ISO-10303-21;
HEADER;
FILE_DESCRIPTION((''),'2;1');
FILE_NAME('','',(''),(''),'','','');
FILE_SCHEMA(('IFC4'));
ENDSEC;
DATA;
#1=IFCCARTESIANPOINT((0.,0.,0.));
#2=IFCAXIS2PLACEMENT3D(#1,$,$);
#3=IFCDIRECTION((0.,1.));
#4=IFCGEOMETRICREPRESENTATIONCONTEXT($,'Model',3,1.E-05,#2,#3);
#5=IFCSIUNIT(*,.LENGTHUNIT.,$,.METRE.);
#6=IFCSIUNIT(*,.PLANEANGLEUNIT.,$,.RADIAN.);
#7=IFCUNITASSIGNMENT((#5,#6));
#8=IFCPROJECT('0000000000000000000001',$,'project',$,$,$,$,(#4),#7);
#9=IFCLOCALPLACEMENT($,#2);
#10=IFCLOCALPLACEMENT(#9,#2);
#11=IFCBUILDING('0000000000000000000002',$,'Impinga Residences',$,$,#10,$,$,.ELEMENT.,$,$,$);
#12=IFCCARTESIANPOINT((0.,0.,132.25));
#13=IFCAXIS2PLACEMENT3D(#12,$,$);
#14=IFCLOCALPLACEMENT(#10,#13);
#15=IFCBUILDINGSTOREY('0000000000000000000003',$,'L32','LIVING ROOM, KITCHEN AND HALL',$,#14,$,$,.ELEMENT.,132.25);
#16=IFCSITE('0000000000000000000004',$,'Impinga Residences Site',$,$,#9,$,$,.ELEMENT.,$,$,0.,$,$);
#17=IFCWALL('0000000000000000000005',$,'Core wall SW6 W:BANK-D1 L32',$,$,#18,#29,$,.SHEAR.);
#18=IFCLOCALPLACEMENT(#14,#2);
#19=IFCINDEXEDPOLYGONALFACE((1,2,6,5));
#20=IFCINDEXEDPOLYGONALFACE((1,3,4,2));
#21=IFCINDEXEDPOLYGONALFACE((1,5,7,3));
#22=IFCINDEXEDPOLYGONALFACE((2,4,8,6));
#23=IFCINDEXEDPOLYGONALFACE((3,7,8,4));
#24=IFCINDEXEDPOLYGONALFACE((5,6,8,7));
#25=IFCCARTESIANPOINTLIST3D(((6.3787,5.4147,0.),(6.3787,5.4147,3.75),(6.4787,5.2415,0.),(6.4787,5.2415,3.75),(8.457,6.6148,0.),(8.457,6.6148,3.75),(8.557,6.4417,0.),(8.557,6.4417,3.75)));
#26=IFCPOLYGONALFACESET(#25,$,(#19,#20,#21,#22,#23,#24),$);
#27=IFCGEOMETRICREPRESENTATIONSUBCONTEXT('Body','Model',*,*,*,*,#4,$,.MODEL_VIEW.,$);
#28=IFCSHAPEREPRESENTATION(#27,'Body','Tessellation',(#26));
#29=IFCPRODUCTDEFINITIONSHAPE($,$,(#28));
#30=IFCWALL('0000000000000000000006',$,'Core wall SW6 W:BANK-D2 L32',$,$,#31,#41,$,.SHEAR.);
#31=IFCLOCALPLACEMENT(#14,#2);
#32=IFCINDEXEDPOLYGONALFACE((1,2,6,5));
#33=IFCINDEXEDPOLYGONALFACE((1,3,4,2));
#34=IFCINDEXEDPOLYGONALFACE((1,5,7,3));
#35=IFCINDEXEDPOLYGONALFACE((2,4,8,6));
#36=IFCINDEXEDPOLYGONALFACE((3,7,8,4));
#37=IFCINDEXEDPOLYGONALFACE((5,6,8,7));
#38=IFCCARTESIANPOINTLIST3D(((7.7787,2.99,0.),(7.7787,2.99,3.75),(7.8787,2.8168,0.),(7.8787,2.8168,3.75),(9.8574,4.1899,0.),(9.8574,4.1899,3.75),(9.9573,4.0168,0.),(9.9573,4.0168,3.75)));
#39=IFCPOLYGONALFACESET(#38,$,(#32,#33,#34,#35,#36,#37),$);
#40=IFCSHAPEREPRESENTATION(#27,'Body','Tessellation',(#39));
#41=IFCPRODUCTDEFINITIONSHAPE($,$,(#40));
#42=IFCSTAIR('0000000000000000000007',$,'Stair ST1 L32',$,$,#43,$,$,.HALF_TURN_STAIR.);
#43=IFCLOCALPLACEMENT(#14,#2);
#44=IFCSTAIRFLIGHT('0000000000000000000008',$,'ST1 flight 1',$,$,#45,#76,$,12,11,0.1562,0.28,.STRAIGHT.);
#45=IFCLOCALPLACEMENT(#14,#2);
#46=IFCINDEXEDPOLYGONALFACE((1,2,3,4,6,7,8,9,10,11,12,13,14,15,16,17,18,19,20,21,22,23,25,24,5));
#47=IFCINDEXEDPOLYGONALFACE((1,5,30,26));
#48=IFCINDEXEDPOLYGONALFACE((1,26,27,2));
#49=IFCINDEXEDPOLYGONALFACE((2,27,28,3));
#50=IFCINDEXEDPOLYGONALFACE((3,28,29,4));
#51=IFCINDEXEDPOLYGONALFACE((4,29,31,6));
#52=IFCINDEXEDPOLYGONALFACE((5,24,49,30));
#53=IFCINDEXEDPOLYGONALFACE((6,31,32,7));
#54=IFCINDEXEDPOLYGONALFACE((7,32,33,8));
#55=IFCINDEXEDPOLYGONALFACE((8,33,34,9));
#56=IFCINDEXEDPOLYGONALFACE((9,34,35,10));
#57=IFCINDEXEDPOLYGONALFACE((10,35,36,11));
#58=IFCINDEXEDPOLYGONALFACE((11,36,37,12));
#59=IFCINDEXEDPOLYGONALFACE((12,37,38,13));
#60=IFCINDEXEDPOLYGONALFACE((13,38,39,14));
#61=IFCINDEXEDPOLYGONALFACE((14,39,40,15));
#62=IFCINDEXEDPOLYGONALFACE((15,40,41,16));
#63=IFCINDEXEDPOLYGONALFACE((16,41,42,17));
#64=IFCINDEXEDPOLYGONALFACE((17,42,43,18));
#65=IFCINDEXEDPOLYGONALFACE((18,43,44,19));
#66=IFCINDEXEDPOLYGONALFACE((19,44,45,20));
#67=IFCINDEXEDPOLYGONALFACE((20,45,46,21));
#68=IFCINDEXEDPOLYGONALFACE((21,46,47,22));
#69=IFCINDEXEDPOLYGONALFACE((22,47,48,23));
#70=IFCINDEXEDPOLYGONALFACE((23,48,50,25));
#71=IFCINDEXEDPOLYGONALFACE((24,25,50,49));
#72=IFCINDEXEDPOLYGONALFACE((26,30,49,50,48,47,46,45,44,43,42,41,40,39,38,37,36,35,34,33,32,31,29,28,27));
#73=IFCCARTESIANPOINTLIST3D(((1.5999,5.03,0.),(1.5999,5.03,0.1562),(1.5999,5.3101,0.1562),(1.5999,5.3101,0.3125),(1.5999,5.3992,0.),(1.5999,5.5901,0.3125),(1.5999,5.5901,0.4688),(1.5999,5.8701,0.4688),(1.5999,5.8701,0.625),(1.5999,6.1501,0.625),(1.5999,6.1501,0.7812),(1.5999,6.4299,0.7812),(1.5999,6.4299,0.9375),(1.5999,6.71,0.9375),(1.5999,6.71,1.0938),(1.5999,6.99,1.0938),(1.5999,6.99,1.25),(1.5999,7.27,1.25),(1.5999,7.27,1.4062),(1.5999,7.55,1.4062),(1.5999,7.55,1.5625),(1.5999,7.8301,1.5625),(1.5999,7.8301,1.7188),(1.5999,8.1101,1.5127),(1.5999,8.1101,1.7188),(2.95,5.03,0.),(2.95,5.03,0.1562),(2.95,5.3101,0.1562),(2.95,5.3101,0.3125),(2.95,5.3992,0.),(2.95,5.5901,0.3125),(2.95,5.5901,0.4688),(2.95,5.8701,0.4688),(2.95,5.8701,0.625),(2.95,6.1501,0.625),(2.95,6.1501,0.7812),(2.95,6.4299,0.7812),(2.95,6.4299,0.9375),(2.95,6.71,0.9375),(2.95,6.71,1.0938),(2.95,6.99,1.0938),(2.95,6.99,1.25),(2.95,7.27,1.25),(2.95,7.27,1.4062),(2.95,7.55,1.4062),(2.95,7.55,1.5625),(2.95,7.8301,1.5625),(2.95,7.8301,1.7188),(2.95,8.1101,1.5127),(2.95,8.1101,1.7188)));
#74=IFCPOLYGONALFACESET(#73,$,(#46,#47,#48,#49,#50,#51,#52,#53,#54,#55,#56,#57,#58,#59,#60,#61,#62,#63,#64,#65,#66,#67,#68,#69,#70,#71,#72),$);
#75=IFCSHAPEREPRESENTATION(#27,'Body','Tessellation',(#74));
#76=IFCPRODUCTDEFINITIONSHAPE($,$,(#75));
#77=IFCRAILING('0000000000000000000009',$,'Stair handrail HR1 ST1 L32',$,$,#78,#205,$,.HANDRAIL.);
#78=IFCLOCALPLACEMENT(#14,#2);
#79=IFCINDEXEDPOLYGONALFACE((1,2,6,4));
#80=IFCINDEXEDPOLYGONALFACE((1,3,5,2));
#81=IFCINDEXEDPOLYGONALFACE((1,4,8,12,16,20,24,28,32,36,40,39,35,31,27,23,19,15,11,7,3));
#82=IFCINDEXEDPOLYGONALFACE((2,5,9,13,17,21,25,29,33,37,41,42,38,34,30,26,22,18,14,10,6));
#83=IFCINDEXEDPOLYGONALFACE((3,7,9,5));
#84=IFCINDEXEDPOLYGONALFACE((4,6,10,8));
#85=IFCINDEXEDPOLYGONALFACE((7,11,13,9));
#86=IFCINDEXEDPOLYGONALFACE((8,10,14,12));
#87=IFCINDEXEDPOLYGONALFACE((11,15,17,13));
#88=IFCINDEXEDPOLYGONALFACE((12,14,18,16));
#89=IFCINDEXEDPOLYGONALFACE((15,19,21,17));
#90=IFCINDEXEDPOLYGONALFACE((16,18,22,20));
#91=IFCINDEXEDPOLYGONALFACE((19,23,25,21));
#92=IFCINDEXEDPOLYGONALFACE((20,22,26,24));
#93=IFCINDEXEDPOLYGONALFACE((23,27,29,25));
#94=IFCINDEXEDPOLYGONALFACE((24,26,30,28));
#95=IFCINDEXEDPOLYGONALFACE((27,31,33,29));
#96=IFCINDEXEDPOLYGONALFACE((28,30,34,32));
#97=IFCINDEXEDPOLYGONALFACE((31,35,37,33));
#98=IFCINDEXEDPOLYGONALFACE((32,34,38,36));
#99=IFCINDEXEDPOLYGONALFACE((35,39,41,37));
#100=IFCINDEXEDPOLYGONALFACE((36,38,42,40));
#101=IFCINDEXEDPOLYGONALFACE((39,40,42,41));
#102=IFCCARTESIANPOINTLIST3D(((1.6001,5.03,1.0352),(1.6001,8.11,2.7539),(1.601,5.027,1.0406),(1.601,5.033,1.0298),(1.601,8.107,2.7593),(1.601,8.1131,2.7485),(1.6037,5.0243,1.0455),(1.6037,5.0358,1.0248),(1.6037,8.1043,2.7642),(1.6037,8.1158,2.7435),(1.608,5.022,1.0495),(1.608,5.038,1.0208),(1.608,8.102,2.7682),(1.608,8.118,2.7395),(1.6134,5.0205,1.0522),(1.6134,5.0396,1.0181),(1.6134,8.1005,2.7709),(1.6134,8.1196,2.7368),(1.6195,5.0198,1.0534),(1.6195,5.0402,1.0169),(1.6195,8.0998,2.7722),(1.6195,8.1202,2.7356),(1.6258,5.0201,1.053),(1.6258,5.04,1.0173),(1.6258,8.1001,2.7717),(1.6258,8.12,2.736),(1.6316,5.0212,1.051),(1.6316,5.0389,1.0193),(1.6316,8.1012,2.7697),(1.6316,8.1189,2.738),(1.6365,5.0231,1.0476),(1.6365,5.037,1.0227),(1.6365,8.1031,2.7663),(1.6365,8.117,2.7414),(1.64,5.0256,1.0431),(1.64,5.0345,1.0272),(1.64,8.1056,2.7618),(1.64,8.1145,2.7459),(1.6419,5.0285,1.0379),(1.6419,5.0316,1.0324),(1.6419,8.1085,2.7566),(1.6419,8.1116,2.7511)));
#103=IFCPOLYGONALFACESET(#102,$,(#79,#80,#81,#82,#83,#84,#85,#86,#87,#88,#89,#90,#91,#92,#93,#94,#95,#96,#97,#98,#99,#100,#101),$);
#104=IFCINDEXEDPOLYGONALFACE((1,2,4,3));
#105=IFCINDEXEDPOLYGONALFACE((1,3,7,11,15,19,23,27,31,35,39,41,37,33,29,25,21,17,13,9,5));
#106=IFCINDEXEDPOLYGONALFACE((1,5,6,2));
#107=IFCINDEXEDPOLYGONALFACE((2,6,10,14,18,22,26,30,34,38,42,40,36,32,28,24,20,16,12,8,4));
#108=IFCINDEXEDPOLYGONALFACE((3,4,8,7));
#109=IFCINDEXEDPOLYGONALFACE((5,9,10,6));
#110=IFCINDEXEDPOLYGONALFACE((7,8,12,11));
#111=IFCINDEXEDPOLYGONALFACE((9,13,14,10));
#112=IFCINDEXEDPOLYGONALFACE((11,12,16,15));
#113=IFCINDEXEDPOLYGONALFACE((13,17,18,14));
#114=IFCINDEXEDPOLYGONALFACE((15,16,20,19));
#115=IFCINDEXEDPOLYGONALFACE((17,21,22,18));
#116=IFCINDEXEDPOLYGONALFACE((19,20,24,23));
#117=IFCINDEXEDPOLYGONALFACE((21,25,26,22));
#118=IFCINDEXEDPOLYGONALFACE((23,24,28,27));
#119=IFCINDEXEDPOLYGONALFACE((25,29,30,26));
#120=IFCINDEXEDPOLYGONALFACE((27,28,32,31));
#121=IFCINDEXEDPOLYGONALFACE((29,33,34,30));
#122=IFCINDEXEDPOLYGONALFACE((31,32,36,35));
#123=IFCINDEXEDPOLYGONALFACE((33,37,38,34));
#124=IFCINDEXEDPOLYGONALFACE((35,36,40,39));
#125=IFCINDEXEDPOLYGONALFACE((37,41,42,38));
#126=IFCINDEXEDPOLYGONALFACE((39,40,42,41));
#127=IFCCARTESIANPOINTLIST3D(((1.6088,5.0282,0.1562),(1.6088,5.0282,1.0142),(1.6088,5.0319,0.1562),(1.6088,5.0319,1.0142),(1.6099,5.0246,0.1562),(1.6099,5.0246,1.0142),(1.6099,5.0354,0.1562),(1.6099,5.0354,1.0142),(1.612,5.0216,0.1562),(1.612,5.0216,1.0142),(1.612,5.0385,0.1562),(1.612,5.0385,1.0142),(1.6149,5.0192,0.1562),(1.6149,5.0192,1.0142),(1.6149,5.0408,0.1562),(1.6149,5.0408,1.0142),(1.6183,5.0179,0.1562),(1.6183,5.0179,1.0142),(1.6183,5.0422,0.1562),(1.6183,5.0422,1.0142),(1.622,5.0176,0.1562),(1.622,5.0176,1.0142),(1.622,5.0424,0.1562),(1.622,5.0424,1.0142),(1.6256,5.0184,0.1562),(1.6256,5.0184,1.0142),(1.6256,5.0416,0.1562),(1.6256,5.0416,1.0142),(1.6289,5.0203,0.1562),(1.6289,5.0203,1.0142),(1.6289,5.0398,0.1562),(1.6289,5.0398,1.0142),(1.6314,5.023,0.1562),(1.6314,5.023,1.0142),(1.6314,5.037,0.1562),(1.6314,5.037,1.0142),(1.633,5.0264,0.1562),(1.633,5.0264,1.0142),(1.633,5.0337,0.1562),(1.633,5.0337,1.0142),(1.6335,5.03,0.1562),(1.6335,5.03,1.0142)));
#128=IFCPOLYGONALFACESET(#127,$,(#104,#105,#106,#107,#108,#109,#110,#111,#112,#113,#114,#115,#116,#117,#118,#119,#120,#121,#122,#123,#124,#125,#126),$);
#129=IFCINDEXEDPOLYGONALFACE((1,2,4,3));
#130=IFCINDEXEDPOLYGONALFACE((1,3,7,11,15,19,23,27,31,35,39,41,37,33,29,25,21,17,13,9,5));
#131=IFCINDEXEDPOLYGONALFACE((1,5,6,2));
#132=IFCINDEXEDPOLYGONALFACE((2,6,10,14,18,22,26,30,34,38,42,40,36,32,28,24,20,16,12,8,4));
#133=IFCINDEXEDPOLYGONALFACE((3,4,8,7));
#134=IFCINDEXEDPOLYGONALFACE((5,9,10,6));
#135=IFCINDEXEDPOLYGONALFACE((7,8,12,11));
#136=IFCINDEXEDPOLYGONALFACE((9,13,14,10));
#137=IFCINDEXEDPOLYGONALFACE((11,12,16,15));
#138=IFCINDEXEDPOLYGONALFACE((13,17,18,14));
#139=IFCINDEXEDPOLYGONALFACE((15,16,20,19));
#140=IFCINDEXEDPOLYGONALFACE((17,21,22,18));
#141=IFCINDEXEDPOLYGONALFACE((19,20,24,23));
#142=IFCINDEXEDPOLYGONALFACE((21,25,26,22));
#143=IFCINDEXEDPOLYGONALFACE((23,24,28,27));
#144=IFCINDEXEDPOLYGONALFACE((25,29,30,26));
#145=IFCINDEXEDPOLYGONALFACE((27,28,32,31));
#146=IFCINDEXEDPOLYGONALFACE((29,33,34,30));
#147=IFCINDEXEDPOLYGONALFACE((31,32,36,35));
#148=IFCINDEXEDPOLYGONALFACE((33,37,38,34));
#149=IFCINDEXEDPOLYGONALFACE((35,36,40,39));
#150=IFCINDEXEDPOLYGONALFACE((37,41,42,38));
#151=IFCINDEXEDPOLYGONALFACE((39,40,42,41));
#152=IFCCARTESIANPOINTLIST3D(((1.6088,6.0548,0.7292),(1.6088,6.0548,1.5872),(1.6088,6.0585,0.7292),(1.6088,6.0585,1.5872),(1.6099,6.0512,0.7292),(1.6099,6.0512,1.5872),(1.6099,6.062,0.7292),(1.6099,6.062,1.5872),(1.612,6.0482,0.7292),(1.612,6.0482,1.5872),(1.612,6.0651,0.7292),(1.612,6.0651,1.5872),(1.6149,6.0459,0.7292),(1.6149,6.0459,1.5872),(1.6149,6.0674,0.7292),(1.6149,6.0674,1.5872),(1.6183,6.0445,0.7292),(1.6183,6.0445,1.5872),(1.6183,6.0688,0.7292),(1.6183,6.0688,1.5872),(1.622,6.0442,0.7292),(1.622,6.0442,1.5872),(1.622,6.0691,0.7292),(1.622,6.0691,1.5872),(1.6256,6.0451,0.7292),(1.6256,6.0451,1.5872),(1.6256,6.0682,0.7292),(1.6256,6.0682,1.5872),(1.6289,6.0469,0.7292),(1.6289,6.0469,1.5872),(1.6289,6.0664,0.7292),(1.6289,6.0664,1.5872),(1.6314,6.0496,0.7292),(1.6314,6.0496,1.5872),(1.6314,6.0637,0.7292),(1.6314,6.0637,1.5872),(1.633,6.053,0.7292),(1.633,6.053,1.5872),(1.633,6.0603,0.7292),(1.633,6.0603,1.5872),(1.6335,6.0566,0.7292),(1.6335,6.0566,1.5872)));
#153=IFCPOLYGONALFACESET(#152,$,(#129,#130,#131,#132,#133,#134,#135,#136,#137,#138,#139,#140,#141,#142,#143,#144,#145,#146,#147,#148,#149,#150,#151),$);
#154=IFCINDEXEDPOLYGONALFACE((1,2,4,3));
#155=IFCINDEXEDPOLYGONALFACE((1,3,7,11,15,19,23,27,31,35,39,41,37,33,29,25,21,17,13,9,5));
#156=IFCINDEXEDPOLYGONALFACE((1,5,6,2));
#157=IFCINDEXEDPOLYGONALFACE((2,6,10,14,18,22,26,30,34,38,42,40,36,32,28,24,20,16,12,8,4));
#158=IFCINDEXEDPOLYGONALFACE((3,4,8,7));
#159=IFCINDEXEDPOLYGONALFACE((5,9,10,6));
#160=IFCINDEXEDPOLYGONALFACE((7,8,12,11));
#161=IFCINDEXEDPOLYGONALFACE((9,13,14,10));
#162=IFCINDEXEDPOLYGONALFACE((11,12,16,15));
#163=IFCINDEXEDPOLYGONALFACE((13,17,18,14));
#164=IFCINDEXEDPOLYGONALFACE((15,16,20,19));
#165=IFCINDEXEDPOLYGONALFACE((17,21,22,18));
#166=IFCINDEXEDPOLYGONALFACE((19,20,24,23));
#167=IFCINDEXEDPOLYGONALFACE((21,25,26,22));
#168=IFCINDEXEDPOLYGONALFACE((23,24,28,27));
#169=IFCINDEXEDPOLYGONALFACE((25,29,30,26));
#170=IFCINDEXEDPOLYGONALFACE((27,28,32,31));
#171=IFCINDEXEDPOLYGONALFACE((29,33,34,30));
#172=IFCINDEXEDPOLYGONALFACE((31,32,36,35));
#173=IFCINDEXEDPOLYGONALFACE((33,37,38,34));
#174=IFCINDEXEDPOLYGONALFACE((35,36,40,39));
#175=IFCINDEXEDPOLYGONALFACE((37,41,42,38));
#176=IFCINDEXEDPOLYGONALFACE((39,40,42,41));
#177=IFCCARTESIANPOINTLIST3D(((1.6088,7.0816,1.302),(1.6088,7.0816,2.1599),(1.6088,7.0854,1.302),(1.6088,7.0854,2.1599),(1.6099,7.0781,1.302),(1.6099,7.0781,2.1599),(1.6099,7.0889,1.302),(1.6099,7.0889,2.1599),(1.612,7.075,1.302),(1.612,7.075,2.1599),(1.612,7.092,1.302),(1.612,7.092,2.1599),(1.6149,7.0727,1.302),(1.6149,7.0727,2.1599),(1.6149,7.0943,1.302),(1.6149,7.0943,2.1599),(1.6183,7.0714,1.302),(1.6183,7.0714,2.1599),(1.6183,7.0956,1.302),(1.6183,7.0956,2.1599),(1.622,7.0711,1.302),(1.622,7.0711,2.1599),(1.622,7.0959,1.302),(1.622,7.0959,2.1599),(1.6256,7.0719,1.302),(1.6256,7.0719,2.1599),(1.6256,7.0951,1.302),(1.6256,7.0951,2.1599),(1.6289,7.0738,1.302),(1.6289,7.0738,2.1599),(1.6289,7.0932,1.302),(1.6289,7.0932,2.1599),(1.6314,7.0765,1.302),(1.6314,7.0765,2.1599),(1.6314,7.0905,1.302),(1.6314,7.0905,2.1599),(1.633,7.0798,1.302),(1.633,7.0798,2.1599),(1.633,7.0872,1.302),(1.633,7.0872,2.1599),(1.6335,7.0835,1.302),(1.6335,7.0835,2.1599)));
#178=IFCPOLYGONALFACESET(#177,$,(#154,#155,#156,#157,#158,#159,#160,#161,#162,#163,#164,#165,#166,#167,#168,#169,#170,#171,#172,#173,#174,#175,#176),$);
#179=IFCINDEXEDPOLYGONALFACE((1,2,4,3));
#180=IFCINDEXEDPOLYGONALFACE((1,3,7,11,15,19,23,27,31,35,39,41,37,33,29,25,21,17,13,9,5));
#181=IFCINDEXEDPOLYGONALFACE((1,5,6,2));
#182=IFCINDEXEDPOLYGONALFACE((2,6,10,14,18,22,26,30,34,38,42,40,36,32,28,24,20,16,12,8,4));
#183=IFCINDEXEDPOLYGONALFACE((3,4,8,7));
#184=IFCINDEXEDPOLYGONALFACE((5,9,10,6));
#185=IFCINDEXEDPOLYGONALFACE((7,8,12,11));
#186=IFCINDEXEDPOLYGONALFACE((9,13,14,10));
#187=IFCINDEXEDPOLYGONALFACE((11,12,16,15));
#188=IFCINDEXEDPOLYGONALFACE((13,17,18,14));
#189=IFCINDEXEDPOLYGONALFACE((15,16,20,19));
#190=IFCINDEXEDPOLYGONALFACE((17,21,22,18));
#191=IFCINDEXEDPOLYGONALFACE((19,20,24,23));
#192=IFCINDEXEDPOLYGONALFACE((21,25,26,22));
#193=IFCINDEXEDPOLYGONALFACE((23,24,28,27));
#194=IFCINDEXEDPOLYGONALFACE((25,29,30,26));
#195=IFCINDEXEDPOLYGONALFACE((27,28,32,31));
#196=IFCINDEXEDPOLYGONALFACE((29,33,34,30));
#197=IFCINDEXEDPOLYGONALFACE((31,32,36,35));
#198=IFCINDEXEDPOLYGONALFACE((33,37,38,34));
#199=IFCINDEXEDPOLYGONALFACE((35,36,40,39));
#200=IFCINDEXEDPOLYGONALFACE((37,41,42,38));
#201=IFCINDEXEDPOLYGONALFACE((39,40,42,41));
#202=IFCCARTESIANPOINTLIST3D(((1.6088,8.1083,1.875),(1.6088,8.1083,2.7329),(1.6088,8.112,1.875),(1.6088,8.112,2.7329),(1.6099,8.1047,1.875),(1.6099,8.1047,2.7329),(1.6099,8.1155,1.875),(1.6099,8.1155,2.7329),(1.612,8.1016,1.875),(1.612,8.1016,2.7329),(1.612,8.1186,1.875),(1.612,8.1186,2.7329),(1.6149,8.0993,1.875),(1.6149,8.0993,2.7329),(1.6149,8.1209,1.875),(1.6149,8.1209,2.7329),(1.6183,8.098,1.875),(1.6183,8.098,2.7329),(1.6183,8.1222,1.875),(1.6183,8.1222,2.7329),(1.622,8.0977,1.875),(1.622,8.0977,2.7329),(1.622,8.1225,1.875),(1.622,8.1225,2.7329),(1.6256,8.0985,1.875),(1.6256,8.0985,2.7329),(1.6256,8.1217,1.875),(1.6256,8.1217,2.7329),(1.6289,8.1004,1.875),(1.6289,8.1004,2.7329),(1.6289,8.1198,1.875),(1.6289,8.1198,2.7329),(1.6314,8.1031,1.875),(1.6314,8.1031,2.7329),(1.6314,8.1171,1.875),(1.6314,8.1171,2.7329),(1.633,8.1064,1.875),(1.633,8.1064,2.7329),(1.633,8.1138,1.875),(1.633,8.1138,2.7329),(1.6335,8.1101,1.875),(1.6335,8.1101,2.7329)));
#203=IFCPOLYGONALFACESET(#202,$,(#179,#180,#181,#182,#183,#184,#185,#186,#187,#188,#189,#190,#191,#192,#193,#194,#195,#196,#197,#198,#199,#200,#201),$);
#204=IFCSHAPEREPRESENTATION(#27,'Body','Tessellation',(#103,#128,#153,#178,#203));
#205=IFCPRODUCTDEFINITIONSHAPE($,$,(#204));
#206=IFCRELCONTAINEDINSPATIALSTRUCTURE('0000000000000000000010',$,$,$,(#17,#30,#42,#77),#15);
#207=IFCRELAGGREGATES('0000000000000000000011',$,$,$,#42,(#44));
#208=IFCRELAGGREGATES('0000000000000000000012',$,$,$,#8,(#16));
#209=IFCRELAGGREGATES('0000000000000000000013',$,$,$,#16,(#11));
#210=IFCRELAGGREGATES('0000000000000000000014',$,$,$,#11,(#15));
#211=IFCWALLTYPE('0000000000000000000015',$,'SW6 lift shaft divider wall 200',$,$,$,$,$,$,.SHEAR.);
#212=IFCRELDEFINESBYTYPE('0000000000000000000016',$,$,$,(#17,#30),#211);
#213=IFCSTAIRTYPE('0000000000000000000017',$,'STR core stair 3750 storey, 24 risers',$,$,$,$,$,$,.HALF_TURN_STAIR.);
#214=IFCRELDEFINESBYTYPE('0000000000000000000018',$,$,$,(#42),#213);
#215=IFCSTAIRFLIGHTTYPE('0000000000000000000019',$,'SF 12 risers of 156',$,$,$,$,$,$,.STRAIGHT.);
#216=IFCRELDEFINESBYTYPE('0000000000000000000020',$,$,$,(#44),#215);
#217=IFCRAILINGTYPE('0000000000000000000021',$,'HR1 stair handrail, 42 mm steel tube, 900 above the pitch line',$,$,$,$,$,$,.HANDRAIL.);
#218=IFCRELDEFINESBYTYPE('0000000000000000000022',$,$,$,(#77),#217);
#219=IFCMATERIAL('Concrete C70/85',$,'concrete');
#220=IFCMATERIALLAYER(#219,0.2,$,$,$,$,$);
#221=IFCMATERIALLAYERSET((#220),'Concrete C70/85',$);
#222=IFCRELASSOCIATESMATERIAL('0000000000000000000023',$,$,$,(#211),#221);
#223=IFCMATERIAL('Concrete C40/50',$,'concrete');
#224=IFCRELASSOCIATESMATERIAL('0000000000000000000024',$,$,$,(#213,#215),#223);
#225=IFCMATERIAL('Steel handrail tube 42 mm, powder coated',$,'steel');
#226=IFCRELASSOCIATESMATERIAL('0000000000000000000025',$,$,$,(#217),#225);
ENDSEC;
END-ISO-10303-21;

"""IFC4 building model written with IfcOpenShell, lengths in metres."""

from ifc_helpers import new_model, si_unit, direction, frame, frame_2d, origin, origin_2d, place, context, subcontext, project, spatial, polyline, rectangle, circle, outline, extrude, material, layer, layer_set, type_object, element, aggregate, save


model = new_model("IFC4")

# Units and contexts
model_context = context("Model", 3, precision=1e-05, world=origin(), true_north=direction((0.0, 1.0)))
body_context = subcontext(model_context, "Body", "Model", "MODEL_VIEW")
ifc_project = project(units=[si_unit("LENGTHUNIT", "METRE"), si_unit("PLANEANGLEUNIT", "RADIAN")], contexts=[model_context])

# Site, building, storey
site_placement = place(None, origin())
site = spatial("IfcSite", under=ifc_project, at=site_placement, Name="Impinga Residences Site", CompositionType="ELEMENT", RefElevation=0.0)
building_placement = place(site_placement, origin())
building = spatial("IfcBuilding", under=site, at=building_placement, Name="Impinga Residences", CompositionType="ELEMENT")
storey_placement = place(building_placement, frame((0.0, 0.0, 132.25)))
storey = spatial("IfcBuildingStorey", under=building, at=storey_placement, Name="L32", Description="LIVING ROOM, KITCHEN AND HALL", CompositionType="ELEMENT", Elevation=132.25)

# Shared definitions
ifc_material_1 = material(Name="Concrete C70/85", Category="concrete")

# Walls
ifc_layer_1 = layer(ifc_material_1, 0.2)
ifc_layer_set_1 = layer_set([ifc_layer_1], Name="Concrete C70/85")
wall_type_1 = type_object("IfcWallType", Name="SW6 lift shaft divider wall 200", PredefinedType="SHEAR", material=ifc_layer_set_1)
wall_1_placement = place(storey_placement, frame((6.4287, 5.3281, 0.0), z_axis=(0.0, 0.0, 1.0), x_axis=(0.865981, 0.500078, 0.0)))
element("IfcWall", 1, at=wall_1_placement, inside=storey, type_object=wall_type_1, Name="Core wall SW6 W:BANK-D1 L32", PredefinedType="SHEAR", context=body_context, shape_type="SweptSolid", body=[
    extrude(rectangle(XDim=2.3999, YDim=0.2, at=frame_2d((1.2, 0.0))), origin(), (0.0, 0.0, 1.0), 3.75),
])
wall_2_placement = place(storey_placement, frame((7.8286, 2.9033, 0.0), z_axis=(0.0, 0.0, 1.0), x_axis=(0.86605, 0.499957, 0.0)))
element("IfcWall", 2, at=wall_2_placement, inside=storey, type_object=wall_type_1, Name="Core wall SW6 W:BANK-D2 L32", PredefinedType="SHEAR", context=body_context, shape_type="SweptSolid", body=[
    extrude(rectangle(XDim=2.4001, YDim=0.2, at=frame_2d((1.2002, 0.0))), origin(), (0.0, 0.0, 1.0), 3.75),
])

# Stair, stair flight
ifc_material_2 = material(Name="Concrete C40/50", Category="concrete")
stair_type = type_object("IfcStairType", Name="STR core stair 3750 storey, 24 risers", PredefinedType="HALF_TURN_STAIR", material=ifc_material_2)
stair_placement = place(storey_placement, origin())
stair = element("IfcStair", 3, at=stair_placement, inside=storey, type_object=stair_type, Name="Stair ST1 L32", PredefinedType="HALF_TURN_STAIR")
stair_flight_type = type_object("IfcStairFlightType", Name="SF 12 risers of 156", PredefinedType="STRAIGHT", material=ifc_material_2)
stair_flight_placement = place(storey_placement, frame((2.2749, 5.03, 0.0), z_axis=(0.0, 0.0, 1.0), x_axis=(0.0, 1.0, 0.0)))
stair_flight = element("IfcStairFlight", 4, at=stair_flight_placement, type_object=stair_flight_type, Name="ST1 flight 1", NumberOfRisers=12, NumberOfTreads=11, PredefinedType="STRAIGHT", RiserHeight=0.1562, TreadLength=0.28, context=body_context, shape_type="SweptSolid", body=[
    extrude(outline(polyline([(0.0, 0.0), (0.0, 0.1562), (0.28, 0.1562), (0.28, 0.3125), (0.5601, 0.3125), (0.5601, 0.4688), (0.8401, 0.4688), (0.8401, 0.625), (1.1201, 0.625), (1.1201, 0.7812), (1.3999, 0.7812), (1.3999, 0.9375), (1.6799, 0.9375), (1.6799, 1.0938), (1.96, 1.0938), (1.96, 1.25), (2.24, 1.25), (2.24, 1.4062), (2.52, 1.4062), (2.52, 1.5625), (2.8, 1.5625), (2.8, 1.7188), (3.0801, 1.7188), (3.0801, 1.875), (3.0801, 1.5127), (0.3691, 0.0), (0.0, 0.0)])), frame((0.0, 0.675, 0.0), z_axis=(0.0, -1.0, 0.0), x_axis=(1.0, 0.0, 0.0)), (0.0, 0.0, 1.0), 1.3501),
])
aggregate(stair, [stair_flight])

# Railing
ifc_material_3 = material(Name="Steel handrail tube 42 mm, powder coated", Category="steel")
railing_type = type_object("IfcRailingType", Name="HR1 stair handrail, 42 mm steel tube, 900 above the pitch line", PredefinedType="HANDRAIL", material=ifc_material_3)
railing_placement = place(storey_placement, frame((1.6211, 5.03, 0.1562)))
element("IfcRailing", 5, at=railing_placement, inside=storey, type_object=railing_type, Name="Stair handrail HR1 ST1 L32", PredefinedType="HANDRAIL", context=body_context, shape_type="SweptSolid", body=[
    extrude(circle(Radius=0.021, at=origin_2d()), frame((0.0, 0.0, 0.8789), z_axis=(0.0, 0.873242, 0.487288), x_axis=(-1.0, 0.0, 0.0)), (0.0, 0.0, 1.0), 3.5271),
    extrude(circle(Radius=0.0125, at=origin_2d()), origin(), (0.0, 0.0, 1.0), 0.8579),
    extrude(circle(Radius=0.0125, at=origin_2d()), frame((0.0, 1.0266, 0.573)), (0.0, 0.0, 1.0), 0.8579),
    extrude(circle(Radius=0.0125, at=origin_2d()), frame((0.0, 2.0535, 1.1458)), (0.0, 0.0, 1.0), 0.8579),
    extrude(circle(Radius=0.0125, at=origin_2d()), frame((0.0, 3.0801, 1.7188)), (0.0, 0.0, 1.0), 0.8579),
])

save(model, "model.ifc")
